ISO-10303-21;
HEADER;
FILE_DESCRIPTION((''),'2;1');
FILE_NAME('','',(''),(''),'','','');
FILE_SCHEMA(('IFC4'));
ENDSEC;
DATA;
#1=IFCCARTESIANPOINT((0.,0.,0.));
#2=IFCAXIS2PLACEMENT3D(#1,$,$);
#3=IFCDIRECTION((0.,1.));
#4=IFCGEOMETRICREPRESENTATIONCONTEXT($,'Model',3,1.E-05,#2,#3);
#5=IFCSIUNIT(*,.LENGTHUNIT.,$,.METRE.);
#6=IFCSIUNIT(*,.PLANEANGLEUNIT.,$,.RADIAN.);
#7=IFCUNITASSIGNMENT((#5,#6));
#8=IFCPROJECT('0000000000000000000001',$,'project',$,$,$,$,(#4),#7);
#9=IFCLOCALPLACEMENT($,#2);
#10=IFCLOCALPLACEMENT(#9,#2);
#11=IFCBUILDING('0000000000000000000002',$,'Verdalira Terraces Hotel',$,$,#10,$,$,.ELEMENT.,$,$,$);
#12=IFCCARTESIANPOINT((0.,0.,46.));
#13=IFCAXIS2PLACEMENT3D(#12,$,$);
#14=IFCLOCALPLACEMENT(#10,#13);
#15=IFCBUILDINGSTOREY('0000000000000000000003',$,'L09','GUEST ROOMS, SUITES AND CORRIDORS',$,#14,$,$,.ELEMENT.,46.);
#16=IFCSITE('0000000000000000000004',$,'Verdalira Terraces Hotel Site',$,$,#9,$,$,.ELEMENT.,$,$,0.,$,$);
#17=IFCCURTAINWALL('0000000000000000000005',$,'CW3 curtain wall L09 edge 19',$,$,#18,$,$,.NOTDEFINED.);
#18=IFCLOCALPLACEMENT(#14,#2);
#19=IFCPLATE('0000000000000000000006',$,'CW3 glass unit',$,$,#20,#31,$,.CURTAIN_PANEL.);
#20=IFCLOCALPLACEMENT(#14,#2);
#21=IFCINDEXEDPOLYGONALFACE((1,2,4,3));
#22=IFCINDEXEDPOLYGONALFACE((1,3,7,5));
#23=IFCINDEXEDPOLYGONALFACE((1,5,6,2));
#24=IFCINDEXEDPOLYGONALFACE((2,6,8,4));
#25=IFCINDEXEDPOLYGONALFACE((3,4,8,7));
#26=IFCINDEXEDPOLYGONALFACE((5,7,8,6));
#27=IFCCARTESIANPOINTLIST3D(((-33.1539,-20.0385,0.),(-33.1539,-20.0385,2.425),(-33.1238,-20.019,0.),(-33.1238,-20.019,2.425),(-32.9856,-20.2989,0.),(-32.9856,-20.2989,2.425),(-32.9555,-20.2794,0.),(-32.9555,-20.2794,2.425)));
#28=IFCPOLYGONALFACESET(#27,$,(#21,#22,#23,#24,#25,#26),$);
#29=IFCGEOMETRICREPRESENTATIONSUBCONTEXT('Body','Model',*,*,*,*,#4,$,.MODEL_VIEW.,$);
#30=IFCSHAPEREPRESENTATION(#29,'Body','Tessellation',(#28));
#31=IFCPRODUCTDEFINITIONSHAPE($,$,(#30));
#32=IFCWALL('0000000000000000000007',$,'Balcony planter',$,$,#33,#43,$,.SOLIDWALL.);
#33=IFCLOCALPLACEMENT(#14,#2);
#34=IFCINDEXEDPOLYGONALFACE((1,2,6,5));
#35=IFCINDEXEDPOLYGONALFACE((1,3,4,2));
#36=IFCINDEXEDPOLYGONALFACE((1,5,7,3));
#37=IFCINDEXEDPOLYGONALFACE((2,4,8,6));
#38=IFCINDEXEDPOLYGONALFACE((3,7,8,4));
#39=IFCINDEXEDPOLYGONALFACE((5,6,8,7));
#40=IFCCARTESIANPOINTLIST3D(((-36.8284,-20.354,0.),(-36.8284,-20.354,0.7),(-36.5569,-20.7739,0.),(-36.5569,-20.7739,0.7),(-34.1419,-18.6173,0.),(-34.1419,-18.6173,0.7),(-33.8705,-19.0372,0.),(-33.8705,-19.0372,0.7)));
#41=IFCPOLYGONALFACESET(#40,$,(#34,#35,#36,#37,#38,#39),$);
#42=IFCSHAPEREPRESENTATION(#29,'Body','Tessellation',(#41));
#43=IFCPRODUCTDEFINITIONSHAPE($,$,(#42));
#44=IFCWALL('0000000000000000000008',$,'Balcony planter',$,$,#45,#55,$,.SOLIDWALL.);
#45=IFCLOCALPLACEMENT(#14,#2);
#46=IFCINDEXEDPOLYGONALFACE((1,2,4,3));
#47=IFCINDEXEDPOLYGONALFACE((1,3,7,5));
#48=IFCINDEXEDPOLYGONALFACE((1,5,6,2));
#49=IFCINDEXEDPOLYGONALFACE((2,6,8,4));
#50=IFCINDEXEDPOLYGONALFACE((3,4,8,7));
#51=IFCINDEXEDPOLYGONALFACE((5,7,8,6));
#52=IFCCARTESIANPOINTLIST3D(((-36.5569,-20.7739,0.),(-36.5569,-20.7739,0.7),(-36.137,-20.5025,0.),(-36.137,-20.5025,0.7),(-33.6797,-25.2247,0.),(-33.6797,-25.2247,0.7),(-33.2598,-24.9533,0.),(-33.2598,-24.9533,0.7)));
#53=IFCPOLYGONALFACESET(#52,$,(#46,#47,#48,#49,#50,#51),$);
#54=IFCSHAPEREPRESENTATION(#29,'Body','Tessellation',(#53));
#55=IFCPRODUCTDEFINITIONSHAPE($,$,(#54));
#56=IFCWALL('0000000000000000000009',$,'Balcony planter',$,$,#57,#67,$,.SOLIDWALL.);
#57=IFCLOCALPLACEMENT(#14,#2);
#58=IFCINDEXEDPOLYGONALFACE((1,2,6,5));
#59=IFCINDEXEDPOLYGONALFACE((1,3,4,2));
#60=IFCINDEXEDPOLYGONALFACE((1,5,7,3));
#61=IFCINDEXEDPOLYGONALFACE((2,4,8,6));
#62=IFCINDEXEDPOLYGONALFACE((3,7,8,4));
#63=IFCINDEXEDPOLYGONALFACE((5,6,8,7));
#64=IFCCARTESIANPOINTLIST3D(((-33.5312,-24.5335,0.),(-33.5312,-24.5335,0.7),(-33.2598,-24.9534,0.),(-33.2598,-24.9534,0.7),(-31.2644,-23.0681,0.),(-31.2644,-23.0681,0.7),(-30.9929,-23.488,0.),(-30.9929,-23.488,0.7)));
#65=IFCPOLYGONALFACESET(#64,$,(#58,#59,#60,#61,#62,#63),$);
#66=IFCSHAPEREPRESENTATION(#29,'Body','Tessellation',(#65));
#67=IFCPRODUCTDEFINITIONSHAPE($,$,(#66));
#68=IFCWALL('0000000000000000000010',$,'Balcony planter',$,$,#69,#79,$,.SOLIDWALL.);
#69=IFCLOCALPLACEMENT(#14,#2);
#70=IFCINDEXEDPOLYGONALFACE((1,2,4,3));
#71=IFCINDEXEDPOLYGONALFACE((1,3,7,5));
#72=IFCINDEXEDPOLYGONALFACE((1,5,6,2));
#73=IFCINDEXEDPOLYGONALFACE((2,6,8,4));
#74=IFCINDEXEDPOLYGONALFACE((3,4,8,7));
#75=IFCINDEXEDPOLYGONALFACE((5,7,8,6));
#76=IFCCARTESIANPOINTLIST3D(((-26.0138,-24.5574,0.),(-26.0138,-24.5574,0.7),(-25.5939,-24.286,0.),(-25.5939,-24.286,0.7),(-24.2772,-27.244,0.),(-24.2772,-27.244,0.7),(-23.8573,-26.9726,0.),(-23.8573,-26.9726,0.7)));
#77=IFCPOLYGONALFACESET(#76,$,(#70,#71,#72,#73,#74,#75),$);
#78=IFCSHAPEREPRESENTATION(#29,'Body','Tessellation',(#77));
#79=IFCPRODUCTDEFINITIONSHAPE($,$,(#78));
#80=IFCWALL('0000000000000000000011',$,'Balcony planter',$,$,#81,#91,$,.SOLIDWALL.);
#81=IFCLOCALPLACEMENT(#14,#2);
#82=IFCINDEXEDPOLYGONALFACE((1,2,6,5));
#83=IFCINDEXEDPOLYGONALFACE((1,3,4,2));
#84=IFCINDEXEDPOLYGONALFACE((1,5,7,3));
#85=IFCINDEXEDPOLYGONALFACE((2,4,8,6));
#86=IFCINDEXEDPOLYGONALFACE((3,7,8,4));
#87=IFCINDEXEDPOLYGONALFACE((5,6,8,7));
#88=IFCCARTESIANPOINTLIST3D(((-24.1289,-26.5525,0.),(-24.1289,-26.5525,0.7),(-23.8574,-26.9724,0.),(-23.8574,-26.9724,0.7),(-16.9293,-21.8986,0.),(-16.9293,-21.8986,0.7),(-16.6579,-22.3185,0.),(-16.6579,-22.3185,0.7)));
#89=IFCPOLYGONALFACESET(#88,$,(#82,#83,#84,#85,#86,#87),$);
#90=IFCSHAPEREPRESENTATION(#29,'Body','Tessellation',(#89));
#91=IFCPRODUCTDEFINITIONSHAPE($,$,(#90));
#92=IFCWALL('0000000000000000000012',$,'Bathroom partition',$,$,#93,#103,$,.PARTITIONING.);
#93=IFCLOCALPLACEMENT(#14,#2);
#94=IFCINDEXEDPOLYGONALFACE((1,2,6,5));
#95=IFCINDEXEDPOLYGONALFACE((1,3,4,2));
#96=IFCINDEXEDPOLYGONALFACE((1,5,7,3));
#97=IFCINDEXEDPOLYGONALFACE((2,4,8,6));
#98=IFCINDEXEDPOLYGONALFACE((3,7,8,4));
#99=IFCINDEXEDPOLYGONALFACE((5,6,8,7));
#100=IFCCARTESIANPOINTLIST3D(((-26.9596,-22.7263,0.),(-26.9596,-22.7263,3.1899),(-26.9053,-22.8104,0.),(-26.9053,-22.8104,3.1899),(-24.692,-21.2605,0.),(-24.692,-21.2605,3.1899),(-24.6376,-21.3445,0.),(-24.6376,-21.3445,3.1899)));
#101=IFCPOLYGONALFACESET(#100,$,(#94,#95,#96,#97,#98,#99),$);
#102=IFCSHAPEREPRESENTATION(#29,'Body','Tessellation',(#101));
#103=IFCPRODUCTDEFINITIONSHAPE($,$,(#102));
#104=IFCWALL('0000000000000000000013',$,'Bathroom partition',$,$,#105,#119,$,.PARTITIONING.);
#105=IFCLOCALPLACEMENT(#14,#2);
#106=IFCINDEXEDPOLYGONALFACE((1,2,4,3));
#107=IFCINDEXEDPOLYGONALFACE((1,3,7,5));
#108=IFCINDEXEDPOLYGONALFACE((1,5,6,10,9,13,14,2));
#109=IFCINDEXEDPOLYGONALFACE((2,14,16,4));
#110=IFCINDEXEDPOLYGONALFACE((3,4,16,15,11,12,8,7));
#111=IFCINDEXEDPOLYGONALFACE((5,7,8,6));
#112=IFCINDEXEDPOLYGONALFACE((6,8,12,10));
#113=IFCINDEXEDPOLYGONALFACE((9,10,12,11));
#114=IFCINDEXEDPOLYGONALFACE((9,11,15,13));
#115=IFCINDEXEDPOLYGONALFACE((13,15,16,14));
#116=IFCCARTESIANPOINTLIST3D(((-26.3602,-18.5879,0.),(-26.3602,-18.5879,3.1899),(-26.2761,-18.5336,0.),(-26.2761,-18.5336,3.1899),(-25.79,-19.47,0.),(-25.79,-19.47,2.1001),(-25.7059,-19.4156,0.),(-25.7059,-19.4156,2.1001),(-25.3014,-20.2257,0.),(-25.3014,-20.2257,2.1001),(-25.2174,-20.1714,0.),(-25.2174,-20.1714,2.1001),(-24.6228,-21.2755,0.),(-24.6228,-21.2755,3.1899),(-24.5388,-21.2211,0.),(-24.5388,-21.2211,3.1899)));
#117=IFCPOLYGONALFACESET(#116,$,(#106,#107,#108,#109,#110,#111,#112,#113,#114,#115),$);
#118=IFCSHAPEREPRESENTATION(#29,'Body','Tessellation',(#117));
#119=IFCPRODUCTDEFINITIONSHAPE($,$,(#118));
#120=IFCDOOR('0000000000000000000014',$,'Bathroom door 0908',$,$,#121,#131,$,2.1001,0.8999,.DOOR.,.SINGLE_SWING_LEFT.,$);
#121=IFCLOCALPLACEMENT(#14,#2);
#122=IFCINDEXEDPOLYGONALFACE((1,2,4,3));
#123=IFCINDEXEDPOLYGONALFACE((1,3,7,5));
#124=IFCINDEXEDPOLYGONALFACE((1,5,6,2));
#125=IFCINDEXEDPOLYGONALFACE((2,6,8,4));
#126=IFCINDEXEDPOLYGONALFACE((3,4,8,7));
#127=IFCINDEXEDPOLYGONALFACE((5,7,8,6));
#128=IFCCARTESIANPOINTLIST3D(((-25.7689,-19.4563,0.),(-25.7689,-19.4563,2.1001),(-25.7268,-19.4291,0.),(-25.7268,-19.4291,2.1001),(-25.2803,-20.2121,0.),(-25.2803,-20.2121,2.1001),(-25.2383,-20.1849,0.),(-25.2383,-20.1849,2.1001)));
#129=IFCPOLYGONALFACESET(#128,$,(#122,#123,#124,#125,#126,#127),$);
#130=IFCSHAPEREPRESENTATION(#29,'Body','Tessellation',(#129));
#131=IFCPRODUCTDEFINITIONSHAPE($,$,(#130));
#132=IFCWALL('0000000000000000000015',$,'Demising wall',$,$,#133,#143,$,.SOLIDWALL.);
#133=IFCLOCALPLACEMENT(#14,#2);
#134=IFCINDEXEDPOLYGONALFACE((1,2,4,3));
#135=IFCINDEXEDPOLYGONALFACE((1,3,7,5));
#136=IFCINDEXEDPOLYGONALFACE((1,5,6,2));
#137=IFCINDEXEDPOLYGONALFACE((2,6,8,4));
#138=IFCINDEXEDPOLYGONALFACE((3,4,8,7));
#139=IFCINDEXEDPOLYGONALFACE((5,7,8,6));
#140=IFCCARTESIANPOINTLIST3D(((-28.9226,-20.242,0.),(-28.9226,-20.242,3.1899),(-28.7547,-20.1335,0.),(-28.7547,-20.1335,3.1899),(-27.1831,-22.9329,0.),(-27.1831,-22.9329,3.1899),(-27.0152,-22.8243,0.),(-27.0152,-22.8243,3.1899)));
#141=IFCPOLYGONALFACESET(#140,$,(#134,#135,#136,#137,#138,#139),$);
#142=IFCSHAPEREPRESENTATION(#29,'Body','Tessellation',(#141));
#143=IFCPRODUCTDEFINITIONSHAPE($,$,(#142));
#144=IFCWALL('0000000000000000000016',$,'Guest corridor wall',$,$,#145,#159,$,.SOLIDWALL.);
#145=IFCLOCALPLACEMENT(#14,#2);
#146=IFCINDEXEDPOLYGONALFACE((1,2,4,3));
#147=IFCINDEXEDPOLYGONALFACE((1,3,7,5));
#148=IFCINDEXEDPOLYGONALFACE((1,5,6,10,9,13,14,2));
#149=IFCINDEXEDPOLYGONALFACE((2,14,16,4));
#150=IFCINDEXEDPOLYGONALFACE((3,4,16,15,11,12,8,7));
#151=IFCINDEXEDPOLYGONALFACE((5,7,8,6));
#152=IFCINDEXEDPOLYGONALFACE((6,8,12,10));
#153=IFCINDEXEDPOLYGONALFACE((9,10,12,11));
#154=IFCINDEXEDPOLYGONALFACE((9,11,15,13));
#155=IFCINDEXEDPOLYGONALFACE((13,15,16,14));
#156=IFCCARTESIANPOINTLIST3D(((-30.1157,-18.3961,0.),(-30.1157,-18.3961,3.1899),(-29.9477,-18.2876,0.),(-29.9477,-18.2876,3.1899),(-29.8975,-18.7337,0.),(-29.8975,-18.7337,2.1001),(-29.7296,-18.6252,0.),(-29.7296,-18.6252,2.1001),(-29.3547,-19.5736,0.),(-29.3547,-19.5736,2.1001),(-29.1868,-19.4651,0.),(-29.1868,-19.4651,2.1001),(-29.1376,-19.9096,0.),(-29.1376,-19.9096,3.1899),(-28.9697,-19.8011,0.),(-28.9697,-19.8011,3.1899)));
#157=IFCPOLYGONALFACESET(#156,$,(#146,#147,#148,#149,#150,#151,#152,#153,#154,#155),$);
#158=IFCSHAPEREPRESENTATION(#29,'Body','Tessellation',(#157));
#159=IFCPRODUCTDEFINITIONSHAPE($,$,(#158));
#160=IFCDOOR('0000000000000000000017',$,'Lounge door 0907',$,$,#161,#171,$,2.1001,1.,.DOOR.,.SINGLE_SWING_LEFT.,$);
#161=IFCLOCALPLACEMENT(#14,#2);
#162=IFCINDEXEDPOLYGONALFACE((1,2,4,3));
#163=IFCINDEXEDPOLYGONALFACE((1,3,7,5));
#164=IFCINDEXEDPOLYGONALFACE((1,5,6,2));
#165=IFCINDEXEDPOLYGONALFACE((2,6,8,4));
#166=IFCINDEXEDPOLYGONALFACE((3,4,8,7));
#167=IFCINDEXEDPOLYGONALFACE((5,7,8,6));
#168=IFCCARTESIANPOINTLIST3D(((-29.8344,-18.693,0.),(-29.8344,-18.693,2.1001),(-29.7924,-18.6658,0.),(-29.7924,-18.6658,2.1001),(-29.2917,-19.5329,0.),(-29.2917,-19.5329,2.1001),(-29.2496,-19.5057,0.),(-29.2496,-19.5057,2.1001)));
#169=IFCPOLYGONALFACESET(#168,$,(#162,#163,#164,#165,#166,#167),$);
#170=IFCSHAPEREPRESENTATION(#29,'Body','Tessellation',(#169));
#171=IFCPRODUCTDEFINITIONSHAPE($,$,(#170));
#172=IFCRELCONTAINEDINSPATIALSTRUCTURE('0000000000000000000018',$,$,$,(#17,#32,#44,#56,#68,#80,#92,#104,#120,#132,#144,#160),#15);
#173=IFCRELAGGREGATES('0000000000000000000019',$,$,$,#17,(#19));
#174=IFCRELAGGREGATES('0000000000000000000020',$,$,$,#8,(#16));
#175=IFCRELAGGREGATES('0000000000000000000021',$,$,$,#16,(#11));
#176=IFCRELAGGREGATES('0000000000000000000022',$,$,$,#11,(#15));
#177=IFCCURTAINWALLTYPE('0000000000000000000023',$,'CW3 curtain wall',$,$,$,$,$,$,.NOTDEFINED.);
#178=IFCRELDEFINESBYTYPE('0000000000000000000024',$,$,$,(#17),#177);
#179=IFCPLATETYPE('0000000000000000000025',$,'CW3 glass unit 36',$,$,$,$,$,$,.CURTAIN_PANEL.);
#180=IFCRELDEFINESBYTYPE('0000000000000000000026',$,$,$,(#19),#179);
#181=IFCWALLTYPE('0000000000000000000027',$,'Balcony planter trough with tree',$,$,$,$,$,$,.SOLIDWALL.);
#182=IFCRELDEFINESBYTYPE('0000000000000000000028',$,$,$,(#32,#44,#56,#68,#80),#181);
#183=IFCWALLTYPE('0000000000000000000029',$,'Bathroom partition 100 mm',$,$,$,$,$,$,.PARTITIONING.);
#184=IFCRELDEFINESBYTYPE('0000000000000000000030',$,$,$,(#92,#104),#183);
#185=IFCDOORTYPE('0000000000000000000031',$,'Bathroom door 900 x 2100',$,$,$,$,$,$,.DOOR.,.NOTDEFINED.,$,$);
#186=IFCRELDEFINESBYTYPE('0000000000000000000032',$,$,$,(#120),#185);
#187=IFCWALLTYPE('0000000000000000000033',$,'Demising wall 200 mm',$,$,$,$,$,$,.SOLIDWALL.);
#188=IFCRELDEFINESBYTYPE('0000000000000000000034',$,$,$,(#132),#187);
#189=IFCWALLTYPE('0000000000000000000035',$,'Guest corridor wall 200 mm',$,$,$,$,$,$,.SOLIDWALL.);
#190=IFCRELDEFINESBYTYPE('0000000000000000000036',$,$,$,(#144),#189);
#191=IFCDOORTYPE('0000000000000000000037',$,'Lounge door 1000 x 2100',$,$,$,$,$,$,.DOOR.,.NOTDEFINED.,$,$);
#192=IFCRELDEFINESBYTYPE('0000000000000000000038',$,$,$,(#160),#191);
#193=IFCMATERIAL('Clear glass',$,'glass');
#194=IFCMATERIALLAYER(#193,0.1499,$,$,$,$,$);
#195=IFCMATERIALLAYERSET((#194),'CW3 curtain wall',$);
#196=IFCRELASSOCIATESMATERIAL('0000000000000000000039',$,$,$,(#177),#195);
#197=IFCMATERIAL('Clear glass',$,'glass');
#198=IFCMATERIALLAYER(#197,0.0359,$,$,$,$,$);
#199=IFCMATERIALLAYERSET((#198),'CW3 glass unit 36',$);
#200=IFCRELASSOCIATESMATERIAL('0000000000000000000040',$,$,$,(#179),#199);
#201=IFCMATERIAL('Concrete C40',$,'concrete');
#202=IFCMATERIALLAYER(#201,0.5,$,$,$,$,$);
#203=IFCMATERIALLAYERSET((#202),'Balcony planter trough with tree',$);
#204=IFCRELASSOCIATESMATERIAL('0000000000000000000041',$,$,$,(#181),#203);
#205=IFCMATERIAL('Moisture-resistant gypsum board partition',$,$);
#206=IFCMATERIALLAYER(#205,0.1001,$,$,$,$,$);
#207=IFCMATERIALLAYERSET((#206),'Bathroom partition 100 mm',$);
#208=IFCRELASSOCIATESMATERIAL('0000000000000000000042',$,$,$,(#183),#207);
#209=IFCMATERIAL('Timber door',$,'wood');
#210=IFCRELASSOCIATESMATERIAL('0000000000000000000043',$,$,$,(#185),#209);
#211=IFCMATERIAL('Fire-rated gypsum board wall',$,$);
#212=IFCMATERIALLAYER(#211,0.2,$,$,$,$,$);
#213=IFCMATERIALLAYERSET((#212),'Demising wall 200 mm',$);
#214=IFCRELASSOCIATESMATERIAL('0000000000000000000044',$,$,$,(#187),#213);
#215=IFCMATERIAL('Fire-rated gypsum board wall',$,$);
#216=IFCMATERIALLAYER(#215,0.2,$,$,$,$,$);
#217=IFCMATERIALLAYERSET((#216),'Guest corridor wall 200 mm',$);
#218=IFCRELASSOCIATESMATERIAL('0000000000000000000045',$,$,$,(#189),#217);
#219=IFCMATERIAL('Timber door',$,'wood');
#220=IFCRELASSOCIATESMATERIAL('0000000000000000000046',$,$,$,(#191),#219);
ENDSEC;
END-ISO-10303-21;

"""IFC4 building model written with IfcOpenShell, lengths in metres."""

from ifc_helpers import new_model, si_unit, direction, frame, frame_2d, origin, origin_2d, place, context, subcontext, project, spatial, rectangle, extrude, material, layer, layer_set, type_object, element, fill, aggregate, save


model = new_model("IFC4")

# Units and contexts
model_context = context("Model", 3, precision=1e-05, world=origin(), true_north=direction((0.0, 1.0)))
body_context = subcontext(model_context, "Body", "Model", "MODEL_VIEW")
ifc_project = project(units=[si_unit("LENGTHUNIT", "METRE"), si_unit("PLANEANGLEUNIT", "RADIAN")], contexts=[model_context])

# Site, building, storey
site_placement = place(None, origin())
site = spatial("IfcSite", under=ifc_project, at=site_placement, Name="Verdalira Terraces Hotel Site", CompositionType="ELEMENT", RefElevation=0.0)
building_placement = place(site_placement, origin())
building = spatial("IfcBuilding", under=site, at=building_placement, Name="Verdalira Terraces Hotel", CompositionType="ELEMENT")
storey_placement = place(building_placement, frame((0.0, 0.0, 46.0)))
storey = spatial("IfcBuildingStorey", under=building, at=storey_placement, Name="L09", Description="GUEST ROOMS, SUITES AND CORRIDORS", CompositionType="ELEMENT", Elevation=46.0)

# Curtain wall
ifc_material_1 = material(Name="Clear glass", Category="glass")
ifc_layer_1 = layer(ifc_material_1, 0.1499)
ifc_layer_set_1 = layer_set([ifc_layer_1], Name="CW3 curtain wall")
curtain_wall_type_1 = type_object("IfcCurtainWallType", Name="CW3 curtain wall", PredefinedType="NOTDEFINED", material=ifc_layer_set_1)
curtain_wall_1_placement = place(storey_placement, origin())
curtain_wall_1 = element("IfcCurtainWall", 1, at=curtain_wall_1_placement, inside=storey, type_object=curtain_wall_type_1, Name="CW3 curtain wall L09 edge 19", PredefinedType="NOTDEFINED")

# Plate
ifc_material_2 = material(Name="Clear glass", Category="glass")
ifc_layer_2 = layer(ifc_material_2, 0.0359)
ifc_layer_set_2 = layer_set([ifc_layer_2], Name="CW3 glass unit 36")
plate_type = type_object("IfcPlateType", Name="CW3 glass unit 36", PredefinedType="CURTAIN_PANEL", material=ifc_layer_set_2)
plate_placement = place(storey_placement, frame((-33.0547, -20.1589, 0.0), z_axis=(0.0, 0.0, 1.0), x_axis=(0.542881, -0.839809, 0.0)))
plate = element("IfcPlate", 2, at=plate_placement, type_object=plate_type, Name="CW3 glass unit", PredefinedType="CURTAIN_PANEL", context=body_context, shape_type="SweptSolid", body=[
    extrude(rectangle(XDim=0.3101, YDim=0.0359, at=origin_2d()), origin(), (0.0, 0.0, 1.0), 2.425),
])
aggregate(curtain_wall_1, [plate])

# Walls
ifc_material_3 = material(Name="Concrete C40", Category="concrete")
ifc_layer_3 = layer(ifc_material_3, 0.5)
ifc_layer_set_3 = layer_set([ifc_layer_3], Name="Balcony planter trough with tree")
wall_type_1 = type_object("IfcWallType", Name="Balcony planter trough with tree", PredefinedType="SOLIDWALL", material=ifc_layer_set_3)
wall_1_placement = place(storey_placement, frame((-34.0061, -18.8271, 0.0), z_axis=(0.0, 0.0, 1.0), x_axis=(-0.839787, -0.542916, 0.0)))
element("IfcWall", 3, at=wall_1_placement, inside=storey, type_object=wall_type_1, Name="Balcony planter", PredefinedType="SOLIDWALL", context=body_context, shape_type="SweptSolid", body=[
    extrude(rectangle(XDim=3.199, YDim=0.5, at=frame_2d((1.5996, 0.0))), origin(), (0.0, 0.0, 1.0), 0.7),
])
wall_2_placement = place(storey_placement, frame((-36.3469, -20.6382, 0.0), z_axis=(0.0, 0.0, 1.0), x_axis=(0.542877, -0.839812, 0.0)))
element("IfcWall", 4, at=wall_2_placement, inside=storey, type_object=wall_type_1, Name="Balcony planter", PredefinedType="SOLIDWALL", context=body_context, shape_type="SweptSolid", body=[
    extrude(rectangle(XDim=5.2998, YDim=0.5, at=frame_2d((2.6499, 0.0))), origin(), (0.0, 0.0, 1.0), 0.7),
])
wall_3_placement = place(storey_placement, frame((-33.3955, -24.7434, 0.0), z_axis=(0.0, 0.0, 1.0), x_axis=(0.839815, 0.542872, 0.0)))
element("IfcWall", 5, at=wall_3_placement, inside=storey, type_object=wall_type_1, Name="Balcony planter", PredefinedType="SOLIDWALL", context=body_context, shape_type="SweptSolid", body=[
    extrude(rectangle(XDim=2.6992, YDim=0.5, at=frame_2d((1.3496, 0.0))), origin(), (0.0, 0.0, 1.0), 0.7),
])
wall_4_placement = place(storey_placement, frame((-25.804, -24.4216, 0.0), z_axis=(0.0, 0.0, 1.0), x_axis=(0.542862, -0.839822, 0.0)))
element("IfcWall", 6, at=wall_4_placement, inside=storey, type_object=wall_type_1, Name="Balcony planter", PredefinedType="SOLIDWALL", context=body_context, shape_type="SweptSolid", body=[
    extrude(rectangle(XDim=3.199, YDim=0.5, at=frame_2d((1.5996, 0.0))), origin(), (0.0, 0.0, 1.0), 0.7),
])
wall_5_placement = place(storey_placement, frame((-23.9932, -26.7625, 0.0), z_axis=(0.0, 0.0, 1.0), x_axis=(0.839818, 0.542867, 0.0)))
element("IfcWall", 7, at=wall_5_placement, inside=storey, type_object=wall_type_1, Name="Balcony planter", PredefinedType="SOLIDWALL", context=body_context, shape_type="SweptSolid", body=[
    extrude(rectangle(XDim=8.5728, YDim=0.5, at=frame_2d((4.2864, 0.0))), origin(), (0.0, 0.0, 1.0), 0.7),
])
ifc_material_4 = material(Name="Moisture-resistant gypsum board partition")
ifc_layer_4 = layer(ifc_material_4, 0.1001)
ifc_layer_set_4 = layer_set([ifc_layer_4], Name="Bathroom partition 100 mm")
wall_type_2 = type_object("IfcWallType", Name="Bathroom partition 100 mm", PredefinedType="PARTITIONING", material=ifc_layer_set_4)
wall_6_placement = place(storey_placement, frame((-24.6648, -21.3025, 0.0), z_axis=(0.0, 0.0, 1.0), x_axis=(-0.839813, -0.542876, 0.0)))
element("IfcWall", 8, at=wall_6_placement, inside=storey, type_object=wall_type_2, Name="Bathroom partition", PredefinedType="PARTITIONING", context=body_context, shape_type="SweptSolid", body=[
    extrude(rectangle(XDim=2.7002, YDim=0.1001, at=frame_2d((1.3501, 0.0))), origin(), (0.0, 0.0, 1.0), 3.1899),
])

# Wall, opening, door
wall_7_placement = place(storey_placement, frame((-24.5808, -21.2483, 0.0), z_axis=(0.0, 0.0, 1.0), x_axis=(-0.542884, 0.839808, 0.0)))
wall_7 = element("IfcWall", 9, at=wall_7_placement, inside=storey, type_object=wall_type_2, Name="Bathroom partition", PredefinedType="PARTITIONING", context=body_context, shape_type="SweptSolid", body=[
    extrude(rectangle(XDim=3.2002, YDim=0.1001, at=frame_2d((1.6001, 0.0))), origin(), (0.0, 0.0, 1.0), 3.1899),
])
opening_1_placement = place(wall_7_placement, frame((1.25, 0.0, 0.0)))
opening_1 = element("IfcOpeningElement", 10, at=opening_1_placement, cuts=wall_7, PredefinedType="OPENING", context=body_context, shape_type="SweptSolid", body=[
    extrude(rectangle(XDim=0.8999, YDim=2.1001, at=frame_2d((0.45, 1.05))), frame((0.0, 0.0601, 0.0), z_axis=(0.0, -1.0, 0.0), x_axis=(1.0, 0.0, 0.0)), (0.0, 0.0, 1.0), 0.1201),
])
ifc_material_5 = material(Name="Timber door", Category="wood")
door_type_1 = type_object("IfcDoorType", Name="Bathroom door 900 x 2100", OperationType="NOTDEFINED", PredefinedType="DOOR", material=ifc_material_5)
door_1_placement = place(opening_1_placement, origin())
door_1 = element("IfcDoor", 11, at=door_1_placement, inside=storey, type_object=door_type_1, Name="Bathroom door 0908", OperationType="SINGLE_SWING_LEFT", OverallHeight=2.1001, OverallWidth=0.8999, PredefinedType="DOOR", context=body_context, shape_type="SweptSolid", body=[
    extrude(rectangle(XDim=0.8999, YDim=2.1001, at=frame_2d((0.45, 1.05))), frame((0.0, 0.0249, 0.0), z_axis=(0.0, -1.0, 0.0), x_axis=(1.0, 0.0, 0.0)), (0.0, 0.0, 1.0), 0.05),
])
fill(opening_1, door_1)

# Wall
ifc_material_6 = material(Name="Fire-rated gypsum board wall")
ifc_layer_5 = layer(ifc_material_6, 0.2)
ifc_layer_set_5 = layer_set([ifc_layer_5], Name="Demising wall 200 mm")
wall_type_3 = type_object("IfcWallType", Name="Demising wall 200 mm", PredefinedType="SOLIDWALL", material=ifc_layer_set_5)
wall_8_placement = place(storey_placement, frame((-28.8386, -20.1877, 0.0), z_axis=(0.0, 0.0, 1.0), x_axis=(0.542882, -0.839809, 0.0)))
element("IfcWall", 12, at=wall_8_placement, inside=storey, type_object=wall_type_3, Name="Demising wall", PredefinedType="SOLIDWALL", context=body_context, shape_type="SweptSolid", body=[
    extrude(rectangle(XDim=3.2041, YDim=0.2, at=frame_2d((1.6021, 0.0))), origin(), (0.0, 0.0, 1.0), 3.1899),
])

# Wall, opening, door
ifc_material_7 = material(Name="Fire-rated gypsum board wall")
ifc_layer_6 = layer(ifc_material_7, 0.2)
ifc_layer_set_6 = layer_set([ifc_layer_6], Name="Guest corridor wall 200 mm")
wall_type_4 = type_object("IfcWallType", Name="Guest corridor wall 200 mm", PredefinedType="SOLIDWALL", material=ifc_layer_set_6)
wall_9_placement = place(storey_placement, frame((-29.0537, -19.8552, 0.0), z_axis=(0.0, 0.0, 1.0), x_axis=(-0.542762, 0.839886, 0.0)))
wall_9 = element("IfcWall", 13, at=wall_9_placement, inside=storey, type_object=wall_type_4, Name="Guest corridor wall", PredefinedType="SOLIDWALL", context=body_context, shape_type="SweptSolid", body=[
    extrude(rectangle(XDim=1.802, YDim=0.2, at=frame_2d((0.9009, 0.0))), origin(), (0.0, 0.0, 1.0), 3.1899),
])
opening_2_placement = place(wall_9_placement, frame((0.3999, 0.0, 0.0)))
opening_2 = element("IfcOpeningElement", 14, at=opening_2_placement, cuts=wall_9, PredefinedType="OPENING", context=body_context, shape_type="SweptSolid", body=[
    extrude(rectangle(XDim=1.0, YDim=2.1001, at=frame_2d((0.5, 1.05))), frame((0.0, 0.1099, 0.0), z_axis=(0.0, -1.0, 0.0), x_axis=(1.0, 0.0, 0.0)), (0.0, 0.0, 1.0), 0.22),
])
ifc_material_8 = material(Name="Timber door", Category="wood")
door_type_2 = type_object("IfcDoorType", Name="Lounge door 1000 x 2100", OperationType="NOTDEFINED", PredefinedType="DOOR", material=ifc_material_8)
door_2_placement = place(opening_2_placement, origin())
door_2 = element("IfcDoor", 15, at=door_2_placement, inside=storey, type_object=door_type_2, Name="Lounge door 0907", OperationType="SINGLE_SWING_LEFT", OverallHeight=2.1001, OverallWidth=1.0, PredefinedType="DOOR", context=body_context, shape_type="SweptSolid", body=[
    extrude(rectangle(XDim=1.0, YDim=2.1001, at=frame_2d((0.5, 1.05))), frame((0.0, 0.0249, 0.0), z_axis=(0.0, -1.0, 0.0), x_axis=(1.0, 0.0, 0.0)), (0.0, 0.0, 1.0), 0.05),
])
fill(opening_2, door_2)

save(model, "model.ifc")
